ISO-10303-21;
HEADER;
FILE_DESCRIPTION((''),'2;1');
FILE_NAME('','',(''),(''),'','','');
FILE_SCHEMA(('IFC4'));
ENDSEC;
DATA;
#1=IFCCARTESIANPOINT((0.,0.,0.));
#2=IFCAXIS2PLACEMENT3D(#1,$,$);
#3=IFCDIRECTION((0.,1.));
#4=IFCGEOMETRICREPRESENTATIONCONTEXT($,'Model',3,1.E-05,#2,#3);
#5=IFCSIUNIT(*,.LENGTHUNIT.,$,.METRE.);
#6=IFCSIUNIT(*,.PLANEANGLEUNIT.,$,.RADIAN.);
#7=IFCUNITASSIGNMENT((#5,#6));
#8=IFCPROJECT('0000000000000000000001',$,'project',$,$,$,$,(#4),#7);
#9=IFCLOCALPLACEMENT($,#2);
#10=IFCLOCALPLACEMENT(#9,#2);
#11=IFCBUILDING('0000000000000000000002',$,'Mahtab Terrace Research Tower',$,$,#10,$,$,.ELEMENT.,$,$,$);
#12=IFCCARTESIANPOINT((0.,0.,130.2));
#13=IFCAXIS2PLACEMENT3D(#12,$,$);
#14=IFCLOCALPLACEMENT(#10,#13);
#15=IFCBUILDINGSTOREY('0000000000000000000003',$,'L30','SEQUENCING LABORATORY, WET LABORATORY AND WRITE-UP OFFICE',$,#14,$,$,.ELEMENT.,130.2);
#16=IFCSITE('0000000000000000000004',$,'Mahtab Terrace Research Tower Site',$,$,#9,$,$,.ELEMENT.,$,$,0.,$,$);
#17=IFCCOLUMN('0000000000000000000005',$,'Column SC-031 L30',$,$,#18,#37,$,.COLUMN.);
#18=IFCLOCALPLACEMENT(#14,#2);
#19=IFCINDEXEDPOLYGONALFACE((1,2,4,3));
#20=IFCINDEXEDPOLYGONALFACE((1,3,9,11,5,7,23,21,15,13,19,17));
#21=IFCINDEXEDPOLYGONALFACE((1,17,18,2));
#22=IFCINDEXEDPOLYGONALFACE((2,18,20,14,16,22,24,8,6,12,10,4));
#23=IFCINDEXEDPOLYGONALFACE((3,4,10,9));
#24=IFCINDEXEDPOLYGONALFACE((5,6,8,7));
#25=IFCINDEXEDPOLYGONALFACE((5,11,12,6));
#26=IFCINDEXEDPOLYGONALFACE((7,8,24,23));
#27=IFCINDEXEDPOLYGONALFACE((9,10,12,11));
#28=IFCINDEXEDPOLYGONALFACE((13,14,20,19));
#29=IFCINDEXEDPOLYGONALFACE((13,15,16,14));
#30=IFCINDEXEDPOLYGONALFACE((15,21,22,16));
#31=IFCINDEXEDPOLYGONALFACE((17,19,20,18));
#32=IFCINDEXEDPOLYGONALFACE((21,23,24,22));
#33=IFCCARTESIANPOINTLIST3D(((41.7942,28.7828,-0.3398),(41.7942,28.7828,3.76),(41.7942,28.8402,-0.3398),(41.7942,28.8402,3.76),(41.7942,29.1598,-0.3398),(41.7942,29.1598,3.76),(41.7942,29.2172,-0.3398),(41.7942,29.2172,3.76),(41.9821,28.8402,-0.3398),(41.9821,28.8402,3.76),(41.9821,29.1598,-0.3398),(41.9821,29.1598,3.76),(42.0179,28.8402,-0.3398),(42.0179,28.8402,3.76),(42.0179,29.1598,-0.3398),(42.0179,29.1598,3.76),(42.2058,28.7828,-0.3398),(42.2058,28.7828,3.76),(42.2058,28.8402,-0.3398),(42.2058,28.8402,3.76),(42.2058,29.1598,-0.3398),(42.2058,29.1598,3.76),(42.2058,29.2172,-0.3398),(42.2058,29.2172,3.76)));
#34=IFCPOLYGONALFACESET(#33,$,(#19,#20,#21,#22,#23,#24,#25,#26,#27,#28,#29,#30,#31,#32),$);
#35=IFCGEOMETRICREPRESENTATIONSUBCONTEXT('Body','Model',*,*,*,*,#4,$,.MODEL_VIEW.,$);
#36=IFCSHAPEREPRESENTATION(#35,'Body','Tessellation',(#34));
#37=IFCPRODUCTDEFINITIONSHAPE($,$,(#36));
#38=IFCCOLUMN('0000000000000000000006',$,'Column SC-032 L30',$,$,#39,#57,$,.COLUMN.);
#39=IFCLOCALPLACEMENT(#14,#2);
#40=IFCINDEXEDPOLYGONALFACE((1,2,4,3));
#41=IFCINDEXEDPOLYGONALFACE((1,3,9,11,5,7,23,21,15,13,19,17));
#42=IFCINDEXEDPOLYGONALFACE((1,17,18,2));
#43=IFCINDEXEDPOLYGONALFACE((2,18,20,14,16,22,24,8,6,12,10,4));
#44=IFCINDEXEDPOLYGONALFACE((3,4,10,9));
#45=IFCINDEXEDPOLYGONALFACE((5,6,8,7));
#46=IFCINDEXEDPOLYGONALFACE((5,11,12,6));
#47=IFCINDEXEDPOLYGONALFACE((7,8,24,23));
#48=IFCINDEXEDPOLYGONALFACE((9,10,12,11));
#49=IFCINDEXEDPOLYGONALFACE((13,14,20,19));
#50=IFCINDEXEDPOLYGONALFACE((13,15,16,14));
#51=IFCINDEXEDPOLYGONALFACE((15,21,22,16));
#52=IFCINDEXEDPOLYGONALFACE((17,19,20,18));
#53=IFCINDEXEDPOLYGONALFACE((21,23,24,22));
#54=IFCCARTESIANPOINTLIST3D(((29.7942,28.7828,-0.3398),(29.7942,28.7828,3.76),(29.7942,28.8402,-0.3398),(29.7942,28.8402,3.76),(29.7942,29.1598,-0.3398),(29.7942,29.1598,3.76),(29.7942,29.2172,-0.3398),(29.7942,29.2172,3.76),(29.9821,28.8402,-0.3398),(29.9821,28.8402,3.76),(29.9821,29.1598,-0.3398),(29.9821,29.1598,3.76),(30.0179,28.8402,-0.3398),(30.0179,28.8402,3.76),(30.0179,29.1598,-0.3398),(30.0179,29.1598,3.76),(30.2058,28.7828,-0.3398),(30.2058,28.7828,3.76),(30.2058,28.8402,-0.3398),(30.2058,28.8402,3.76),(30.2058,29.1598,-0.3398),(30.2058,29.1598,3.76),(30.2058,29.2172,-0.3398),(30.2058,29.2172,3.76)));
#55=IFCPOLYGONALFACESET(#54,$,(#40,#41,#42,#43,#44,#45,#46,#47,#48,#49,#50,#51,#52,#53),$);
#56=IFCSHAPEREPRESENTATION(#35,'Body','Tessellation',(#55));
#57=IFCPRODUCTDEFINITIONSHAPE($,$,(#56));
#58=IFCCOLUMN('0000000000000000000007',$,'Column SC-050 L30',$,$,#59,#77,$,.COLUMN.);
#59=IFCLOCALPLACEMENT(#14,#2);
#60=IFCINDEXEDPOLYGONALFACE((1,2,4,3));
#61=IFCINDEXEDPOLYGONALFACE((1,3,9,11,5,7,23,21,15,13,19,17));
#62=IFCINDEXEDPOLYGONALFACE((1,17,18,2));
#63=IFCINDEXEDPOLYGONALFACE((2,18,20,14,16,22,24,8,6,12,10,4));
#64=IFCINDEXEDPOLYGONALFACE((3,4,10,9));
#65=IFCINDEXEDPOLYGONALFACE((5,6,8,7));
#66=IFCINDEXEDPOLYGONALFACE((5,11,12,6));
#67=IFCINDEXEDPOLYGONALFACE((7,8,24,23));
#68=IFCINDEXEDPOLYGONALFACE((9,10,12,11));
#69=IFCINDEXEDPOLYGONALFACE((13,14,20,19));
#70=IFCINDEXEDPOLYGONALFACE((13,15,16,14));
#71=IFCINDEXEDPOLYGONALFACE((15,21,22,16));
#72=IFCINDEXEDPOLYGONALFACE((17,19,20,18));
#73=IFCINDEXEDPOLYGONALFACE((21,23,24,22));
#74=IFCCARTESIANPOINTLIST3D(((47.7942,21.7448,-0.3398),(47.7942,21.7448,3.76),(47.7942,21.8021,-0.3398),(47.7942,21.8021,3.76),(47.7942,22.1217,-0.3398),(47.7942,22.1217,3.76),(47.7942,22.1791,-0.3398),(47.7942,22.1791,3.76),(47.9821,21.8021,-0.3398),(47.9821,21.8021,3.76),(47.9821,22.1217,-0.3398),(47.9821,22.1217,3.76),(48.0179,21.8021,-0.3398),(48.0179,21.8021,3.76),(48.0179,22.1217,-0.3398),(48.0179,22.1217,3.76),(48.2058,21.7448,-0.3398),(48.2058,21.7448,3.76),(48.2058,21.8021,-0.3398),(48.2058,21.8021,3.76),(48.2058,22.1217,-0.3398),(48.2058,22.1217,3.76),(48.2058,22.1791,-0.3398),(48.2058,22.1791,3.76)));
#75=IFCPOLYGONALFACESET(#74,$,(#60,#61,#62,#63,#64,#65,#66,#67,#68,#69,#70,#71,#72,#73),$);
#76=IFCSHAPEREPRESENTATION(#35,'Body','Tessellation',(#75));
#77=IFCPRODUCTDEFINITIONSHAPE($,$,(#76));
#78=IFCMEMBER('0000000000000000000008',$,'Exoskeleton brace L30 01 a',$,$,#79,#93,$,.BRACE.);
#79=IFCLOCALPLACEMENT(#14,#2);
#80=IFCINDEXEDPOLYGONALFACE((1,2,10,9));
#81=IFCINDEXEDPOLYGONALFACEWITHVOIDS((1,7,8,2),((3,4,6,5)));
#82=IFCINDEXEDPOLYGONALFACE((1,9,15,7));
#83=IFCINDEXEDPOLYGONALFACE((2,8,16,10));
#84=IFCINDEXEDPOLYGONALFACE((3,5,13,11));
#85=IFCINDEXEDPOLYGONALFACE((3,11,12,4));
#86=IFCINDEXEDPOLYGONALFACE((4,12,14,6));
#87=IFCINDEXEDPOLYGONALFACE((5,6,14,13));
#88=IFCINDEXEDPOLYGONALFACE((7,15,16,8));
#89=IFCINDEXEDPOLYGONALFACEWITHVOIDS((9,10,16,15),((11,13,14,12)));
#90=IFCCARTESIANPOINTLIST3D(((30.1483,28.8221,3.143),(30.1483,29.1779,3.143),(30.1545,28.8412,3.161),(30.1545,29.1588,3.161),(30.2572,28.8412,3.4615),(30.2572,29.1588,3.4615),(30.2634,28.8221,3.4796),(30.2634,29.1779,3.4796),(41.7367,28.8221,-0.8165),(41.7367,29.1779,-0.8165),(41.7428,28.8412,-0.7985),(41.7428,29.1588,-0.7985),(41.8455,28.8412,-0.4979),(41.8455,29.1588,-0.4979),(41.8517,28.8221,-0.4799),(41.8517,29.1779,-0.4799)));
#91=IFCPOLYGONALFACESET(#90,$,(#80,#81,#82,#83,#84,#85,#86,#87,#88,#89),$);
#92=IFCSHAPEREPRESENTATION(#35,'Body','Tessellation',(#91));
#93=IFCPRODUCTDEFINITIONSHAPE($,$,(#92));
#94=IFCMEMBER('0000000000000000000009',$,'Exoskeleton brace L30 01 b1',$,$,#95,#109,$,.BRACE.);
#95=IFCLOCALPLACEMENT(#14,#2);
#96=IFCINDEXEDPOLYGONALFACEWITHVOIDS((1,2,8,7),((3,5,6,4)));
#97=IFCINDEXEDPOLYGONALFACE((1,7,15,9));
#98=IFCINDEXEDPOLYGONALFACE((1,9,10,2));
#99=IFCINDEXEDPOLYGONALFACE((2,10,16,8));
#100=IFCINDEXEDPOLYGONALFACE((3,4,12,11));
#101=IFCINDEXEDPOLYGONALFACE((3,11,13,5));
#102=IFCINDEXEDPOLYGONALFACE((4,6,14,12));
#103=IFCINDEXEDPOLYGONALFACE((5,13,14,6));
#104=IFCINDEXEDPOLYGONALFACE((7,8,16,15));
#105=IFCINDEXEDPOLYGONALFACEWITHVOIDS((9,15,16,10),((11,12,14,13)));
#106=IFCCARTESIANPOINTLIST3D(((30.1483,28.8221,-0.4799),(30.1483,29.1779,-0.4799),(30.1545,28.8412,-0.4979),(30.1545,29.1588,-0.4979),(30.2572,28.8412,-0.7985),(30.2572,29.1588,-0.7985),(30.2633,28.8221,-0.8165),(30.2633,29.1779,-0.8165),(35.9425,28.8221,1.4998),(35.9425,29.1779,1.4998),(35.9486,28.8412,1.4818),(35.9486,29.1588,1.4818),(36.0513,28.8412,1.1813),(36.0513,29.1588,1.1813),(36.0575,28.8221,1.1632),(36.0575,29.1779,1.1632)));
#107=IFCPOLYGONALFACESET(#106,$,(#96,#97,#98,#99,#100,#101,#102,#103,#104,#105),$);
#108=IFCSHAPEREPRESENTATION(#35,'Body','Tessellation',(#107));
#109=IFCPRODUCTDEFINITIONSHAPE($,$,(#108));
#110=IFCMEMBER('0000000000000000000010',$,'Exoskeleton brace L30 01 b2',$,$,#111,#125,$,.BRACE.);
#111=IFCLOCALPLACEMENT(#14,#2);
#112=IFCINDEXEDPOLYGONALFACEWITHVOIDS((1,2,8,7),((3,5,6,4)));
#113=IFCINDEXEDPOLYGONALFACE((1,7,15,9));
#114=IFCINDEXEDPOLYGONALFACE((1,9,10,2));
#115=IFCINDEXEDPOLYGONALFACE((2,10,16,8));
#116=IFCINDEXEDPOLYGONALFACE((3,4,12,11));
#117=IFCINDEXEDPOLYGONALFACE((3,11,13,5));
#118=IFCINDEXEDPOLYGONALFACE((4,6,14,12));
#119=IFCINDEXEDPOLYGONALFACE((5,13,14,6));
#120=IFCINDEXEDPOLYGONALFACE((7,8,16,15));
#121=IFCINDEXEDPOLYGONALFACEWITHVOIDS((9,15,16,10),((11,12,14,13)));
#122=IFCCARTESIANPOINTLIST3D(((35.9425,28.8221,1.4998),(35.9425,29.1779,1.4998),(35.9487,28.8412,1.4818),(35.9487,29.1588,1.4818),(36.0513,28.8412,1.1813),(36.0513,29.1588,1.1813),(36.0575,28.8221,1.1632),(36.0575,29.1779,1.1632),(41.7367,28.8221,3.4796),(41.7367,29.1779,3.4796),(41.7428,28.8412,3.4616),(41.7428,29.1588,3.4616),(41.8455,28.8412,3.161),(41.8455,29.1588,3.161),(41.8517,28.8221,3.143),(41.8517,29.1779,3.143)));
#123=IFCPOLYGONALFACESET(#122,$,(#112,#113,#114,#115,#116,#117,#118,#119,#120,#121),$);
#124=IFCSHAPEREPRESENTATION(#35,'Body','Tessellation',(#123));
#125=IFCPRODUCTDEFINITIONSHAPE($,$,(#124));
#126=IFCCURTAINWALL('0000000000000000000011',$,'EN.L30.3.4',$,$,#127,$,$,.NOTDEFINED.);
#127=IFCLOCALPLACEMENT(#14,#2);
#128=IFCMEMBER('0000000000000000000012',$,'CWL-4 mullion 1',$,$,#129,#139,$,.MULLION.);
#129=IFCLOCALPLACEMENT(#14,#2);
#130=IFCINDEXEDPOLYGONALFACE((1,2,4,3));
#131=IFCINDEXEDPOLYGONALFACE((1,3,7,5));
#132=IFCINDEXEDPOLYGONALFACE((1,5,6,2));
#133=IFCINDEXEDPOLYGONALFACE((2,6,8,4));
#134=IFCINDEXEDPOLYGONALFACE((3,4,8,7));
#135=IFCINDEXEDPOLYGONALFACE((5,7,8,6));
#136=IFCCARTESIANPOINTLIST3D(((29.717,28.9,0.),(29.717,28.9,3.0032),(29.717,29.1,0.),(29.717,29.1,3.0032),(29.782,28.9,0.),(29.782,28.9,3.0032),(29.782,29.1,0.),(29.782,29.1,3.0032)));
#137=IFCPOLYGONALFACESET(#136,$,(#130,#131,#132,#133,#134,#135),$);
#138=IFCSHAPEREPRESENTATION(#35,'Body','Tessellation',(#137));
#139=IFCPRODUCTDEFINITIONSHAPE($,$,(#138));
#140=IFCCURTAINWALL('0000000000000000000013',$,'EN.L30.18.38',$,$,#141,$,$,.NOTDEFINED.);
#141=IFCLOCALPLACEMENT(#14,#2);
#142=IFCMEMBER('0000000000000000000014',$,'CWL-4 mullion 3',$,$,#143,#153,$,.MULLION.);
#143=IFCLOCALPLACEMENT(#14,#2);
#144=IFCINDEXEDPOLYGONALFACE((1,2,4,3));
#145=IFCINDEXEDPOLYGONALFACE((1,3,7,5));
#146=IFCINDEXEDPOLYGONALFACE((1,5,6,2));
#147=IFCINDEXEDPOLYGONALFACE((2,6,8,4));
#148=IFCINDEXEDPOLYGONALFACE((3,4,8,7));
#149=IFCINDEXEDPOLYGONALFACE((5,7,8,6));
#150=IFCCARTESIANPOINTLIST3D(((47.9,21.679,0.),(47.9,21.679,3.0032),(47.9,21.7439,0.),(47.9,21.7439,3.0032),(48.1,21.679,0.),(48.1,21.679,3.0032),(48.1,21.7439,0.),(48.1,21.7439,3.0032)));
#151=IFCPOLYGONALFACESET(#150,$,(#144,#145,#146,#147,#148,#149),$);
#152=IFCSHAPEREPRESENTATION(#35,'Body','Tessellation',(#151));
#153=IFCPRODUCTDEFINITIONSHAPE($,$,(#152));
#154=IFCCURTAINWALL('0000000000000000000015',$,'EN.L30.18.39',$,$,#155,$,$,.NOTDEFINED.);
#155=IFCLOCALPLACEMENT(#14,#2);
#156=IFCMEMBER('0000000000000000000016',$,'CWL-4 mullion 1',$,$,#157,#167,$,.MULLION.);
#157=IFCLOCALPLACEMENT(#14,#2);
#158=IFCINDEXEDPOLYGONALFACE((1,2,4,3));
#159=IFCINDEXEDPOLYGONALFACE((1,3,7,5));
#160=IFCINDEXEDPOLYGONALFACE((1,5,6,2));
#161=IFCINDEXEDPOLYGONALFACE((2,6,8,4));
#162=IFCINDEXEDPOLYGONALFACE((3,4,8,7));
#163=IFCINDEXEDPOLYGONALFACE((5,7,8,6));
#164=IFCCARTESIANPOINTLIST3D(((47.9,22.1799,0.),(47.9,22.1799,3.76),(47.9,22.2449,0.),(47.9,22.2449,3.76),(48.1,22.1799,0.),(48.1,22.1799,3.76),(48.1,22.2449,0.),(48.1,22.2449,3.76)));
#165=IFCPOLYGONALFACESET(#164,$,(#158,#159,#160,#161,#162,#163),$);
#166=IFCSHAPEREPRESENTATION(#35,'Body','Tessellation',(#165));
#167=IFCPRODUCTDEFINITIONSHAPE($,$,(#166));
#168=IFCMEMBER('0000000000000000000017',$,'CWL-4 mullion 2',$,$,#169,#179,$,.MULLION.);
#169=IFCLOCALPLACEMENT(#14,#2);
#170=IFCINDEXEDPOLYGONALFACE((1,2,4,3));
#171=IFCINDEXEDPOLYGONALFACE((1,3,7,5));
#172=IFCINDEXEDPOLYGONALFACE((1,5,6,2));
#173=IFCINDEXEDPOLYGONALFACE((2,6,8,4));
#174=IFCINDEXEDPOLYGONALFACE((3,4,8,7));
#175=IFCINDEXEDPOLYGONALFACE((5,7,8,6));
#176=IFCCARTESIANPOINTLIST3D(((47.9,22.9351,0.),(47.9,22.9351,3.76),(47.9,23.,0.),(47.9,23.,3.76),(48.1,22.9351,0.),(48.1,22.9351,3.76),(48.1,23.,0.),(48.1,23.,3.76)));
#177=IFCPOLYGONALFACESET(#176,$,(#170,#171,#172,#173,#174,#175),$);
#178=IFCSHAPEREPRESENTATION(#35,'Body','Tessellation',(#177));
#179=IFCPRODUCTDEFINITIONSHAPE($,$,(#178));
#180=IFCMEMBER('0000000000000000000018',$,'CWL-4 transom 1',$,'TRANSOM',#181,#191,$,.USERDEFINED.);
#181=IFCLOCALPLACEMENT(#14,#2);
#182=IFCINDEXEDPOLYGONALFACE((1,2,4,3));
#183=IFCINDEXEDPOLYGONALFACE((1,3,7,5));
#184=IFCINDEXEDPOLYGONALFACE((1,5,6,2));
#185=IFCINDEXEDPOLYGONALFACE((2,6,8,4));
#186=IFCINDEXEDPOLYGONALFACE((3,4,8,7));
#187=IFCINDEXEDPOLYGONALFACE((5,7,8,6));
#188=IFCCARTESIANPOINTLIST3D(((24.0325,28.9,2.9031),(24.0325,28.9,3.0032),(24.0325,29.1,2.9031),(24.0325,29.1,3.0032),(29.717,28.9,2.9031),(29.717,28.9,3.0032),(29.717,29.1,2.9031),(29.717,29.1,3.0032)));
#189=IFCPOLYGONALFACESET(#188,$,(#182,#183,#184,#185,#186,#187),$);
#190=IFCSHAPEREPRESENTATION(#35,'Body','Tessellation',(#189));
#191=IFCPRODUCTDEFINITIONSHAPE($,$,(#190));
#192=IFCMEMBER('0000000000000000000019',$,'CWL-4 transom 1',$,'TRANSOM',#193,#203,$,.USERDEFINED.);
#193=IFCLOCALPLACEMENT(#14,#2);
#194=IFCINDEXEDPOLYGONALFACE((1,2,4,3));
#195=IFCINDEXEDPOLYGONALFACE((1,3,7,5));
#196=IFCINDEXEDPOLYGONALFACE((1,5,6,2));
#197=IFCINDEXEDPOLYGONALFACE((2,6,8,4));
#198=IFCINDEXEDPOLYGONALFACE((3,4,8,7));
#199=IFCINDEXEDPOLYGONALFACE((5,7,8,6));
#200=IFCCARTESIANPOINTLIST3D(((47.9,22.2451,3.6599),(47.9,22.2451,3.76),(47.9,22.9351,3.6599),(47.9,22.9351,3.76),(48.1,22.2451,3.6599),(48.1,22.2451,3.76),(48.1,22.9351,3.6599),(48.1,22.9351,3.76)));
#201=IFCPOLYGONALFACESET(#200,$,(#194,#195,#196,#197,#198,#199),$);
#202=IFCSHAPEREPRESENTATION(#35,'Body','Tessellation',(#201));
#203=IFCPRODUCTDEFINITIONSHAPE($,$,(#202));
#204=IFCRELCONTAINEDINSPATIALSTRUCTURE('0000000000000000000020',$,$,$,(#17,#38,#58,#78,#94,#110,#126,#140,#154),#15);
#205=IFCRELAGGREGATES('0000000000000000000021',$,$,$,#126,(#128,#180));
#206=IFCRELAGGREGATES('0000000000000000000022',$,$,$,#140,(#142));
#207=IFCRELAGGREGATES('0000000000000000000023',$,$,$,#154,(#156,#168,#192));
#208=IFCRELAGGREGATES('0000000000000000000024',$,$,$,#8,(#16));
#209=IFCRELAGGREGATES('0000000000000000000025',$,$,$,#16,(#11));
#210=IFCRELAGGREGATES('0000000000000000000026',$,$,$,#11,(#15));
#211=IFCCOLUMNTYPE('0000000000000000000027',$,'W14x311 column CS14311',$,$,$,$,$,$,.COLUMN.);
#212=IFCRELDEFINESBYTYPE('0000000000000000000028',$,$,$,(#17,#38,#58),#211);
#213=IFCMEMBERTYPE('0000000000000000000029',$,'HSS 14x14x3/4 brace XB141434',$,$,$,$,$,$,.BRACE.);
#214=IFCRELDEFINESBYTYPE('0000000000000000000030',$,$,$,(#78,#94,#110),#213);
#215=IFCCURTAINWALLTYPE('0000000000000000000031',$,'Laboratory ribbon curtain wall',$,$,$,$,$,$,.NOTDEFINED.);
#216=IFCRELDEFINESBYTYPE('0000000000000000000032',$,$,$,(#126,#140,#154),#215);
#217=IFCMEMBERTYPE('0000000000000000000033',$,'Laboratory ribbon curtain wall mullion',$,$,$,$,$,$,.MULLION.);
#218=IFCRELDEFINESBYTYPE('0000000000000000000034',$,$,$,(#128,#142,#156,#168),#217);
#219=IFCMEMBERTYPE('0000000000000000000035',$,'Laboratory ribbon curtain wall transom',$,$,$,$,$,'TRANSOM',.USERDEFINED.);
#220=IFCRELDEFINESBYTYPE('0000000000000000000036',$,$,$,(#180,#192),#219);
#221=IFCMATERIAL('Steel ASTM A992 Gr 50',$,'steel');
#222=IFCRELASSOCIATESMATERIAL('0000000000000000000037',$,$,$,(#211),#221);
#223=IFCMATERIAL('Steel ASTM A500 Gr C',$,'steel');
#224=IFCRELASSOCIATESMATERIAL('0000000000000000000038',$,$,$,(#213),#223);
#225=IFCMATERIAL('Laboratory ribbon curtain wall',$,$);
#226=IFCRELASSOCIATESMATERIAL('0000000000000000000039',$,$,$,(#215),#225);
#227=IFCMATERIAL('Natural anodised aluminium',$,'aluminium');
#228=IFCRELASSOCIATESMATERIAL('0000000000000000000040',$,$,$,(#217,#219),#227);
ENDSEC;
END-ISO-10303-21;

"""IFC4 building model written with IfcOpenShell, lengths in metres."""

from ifc_helpers import new_model, si_unit, direction, frame, origin, origin_2d, place, context, subcontext, project, spatial, rectangle, hollow_rectangle, i_section, extrude, material, material_profile, profile_set, type_object, element, aggregate, save


model = new_model("IFC4")

# Units and contexts
model_context = context("Model", 3, precision=1e-05, world=origin(), true_north=direction((0.0, 1.0)))
body_context = subcontext(model_context, "Body", "Model", "MODEL_VIEW")
ifc_project = project(units=[si_unit("LENGTHUNIT", "METRE"), si_unit("PLANEANGLEUNIT", "RADIAN")], contexts=[model_context])

# Site, building, storey
site_placement = place(None, origin())
site = spatial("IfcSite", under=ifc_project, at=site_placement, Name="Mahtab Terrace Research Tower Site", CompositionType="ELEMENT", RefElevation=0.0)
building_placement = place(site_placement, origin())
building = spatial("IfcBuilding", under=site, at=building_placement, Name="Mahtab Terrace Research Tower", CompositionType="ELEMENT")
storey_placement = place(building_placement, frame((0.0, 0.0, 130.2)))
storey = spatial("IfcBuildingStorey", under=building, at=storey_placement, Name="L30", Description="SEQUENCING LABORATORY, WET LABORATORY AND WRITE-UP OFFICE", CompositionType="ELEMENT", Elevation=130.2)

# Columns
ifc_material_1 = material(Name="Steel ASTM A992 Gr 50", Category="steel")
ifc_material_profile_1 = material_profile(ifc_material_1, i_section(OverallWidth=0.4116, OverallDepth=0.4343, WebThickness=0.0359, FlangeThickness=0.0574, at=origin_2d()), Name="W14X311")
ifc_profile_set_1 = profile_set([ifc_material_profile_1], Name="Steel ASTM A992 Gr 50")
column_type = type_object("IfcColumnType", Name="W14x311 column CS14311", PredefinedType="COLUMN", material=ifc_profile_set_1)
for number, where, z_axis, x_axis, name in (
    (1, (42.0, 29.0, -0.3398), (0.0, 0.0, 1.0), (1.0, 0.0, 0.0), "Column SC-031 L30"),
    (2, (30.0, 29.0, -0.3398), (0.0, 0.0, 1.0), (1.0, 0.0, 0.0), "Column SC-032 L30"),
    (3, (48.0, 21.9619, -0.3398), (0.0, 0.0, 1.0), (1.0, 0.0, 0.0), "Column SC-050 L30"),
):
    element("IfcColumn", number, at=place(storey_placement, frame(where, z_axis=z_axis, x_axis=x_axis)), inside=storey, type_object=column_type, Name=name, PredefinedType="COLUMN", context=body_context, shape_type="SweptSolid", body=[
        extrude(i_section(OverallWidth=0.4116, OverallDepth=0.4343, WebThickness=0.0359, FlangeThickness=0.0574, at=origin_2d()), origin(), (0.0, 0.0, 1.0), 4.0999),
    ])

# Members
ifc_material_2 = material(Name="Steel ASTM A500 Gr C", Category="steel")
ifc_material_profile_2 = material_profile(ifc_material_2, hollow_rectangle(XDim=0.3557, YDim=0.3557, WallThickness=0.019, at=origin_2d()), Name="HSS14X14X3/4")
ifc_profile_set_2 = profile_set([ifc_material_profile_2], Name="Steel ASTM A500 Gr C")
member_type_1 = type_object("IfcMemberType", Name="HSS 14x14x3/4 brace XB141434", PredefinedType="BRACE", material=ifc_profile_set_2)
member_1_placement = place(storey_placement, frame((41.7942, 29.0, -0.6482), z_axis=(-0.946288, 0.0, 0.323324), x_axis=(0.0, -1.0, 0.0)))
element("IfcMember", 4, at=member_1_placement, inside=storey, type_object=member_type_1, Name="Exoskeleton brace L30 01 a", PredefinedType="BRACE", context=body_context, shape_type="SweptSolid", body=[
    extrude(hollow_rectangle(XDim=0.3557, YDim=0.3557, WallThickness=0.019, at=origin_2d()), origin(), (0.0, 0.0, 1.0), 12.2461),
])
for number, where, z_axis, x_axis, name in (
    (5, (30.2058, 29.0, -0.6482), (0.946288, 0.0, 0.323324), (0.0, 1.0, 0.0), "Exoskeleton brace L30 01 b1"),
    (6, (36.0, 29.0, 1.3315), (0.946288, 0.0, 0.323324), (0.0, 1.0, 0.0), "Exoskeleton brace L30 01 b2"),
):
    element("IfcMember", number, at=place(storey_placement, frame(where, z_axis=z_axis, x_axis=x_axis)), inside=storey, type_object=member_type_1, Name=name, PredefinedType="BRACE", context=body_context, shape_type="SweptSolid", body=[
        extrude(hollow_rectangle(XDim=0.3557, YDim=0.3557, WallThickness=0.019, at=origin_2d()), origin(), (0.0, 0.0, 1.0), 6.123),
    ])

# Curtain walls, members
ifc_material_3 = material(Name="Laboratory ribbon curtain wall")
curtain_wall_type = type_object("IfcCurtainWallType", Name="Laboratory ribbon curtain wall", PredefinedType="NOTDEFINED", material=ifc_material_3)
curtain_wall_1_placement = place(storey_placement, origin())
curtain_wall_1 = element("IfcCurtainWall", 7, at=curtain_wall_1_placement, inside=storey, type_object=curtain_wall_type, Name="EN.L30.3.4", PredefinedType="NOTDEFINED")
ifc_material_4 = material(Name="Natural anodised aluminium", Category="aluminium")
ifc_material_profile_3 = material_profile(ifc_material_4, rectangle(XDim=0.2, YDim=0.0649, at=origin_2d()), Name="MULLION 65x200")
ifc_profile_set_3 = profile_set([ifc_material_profile_3], Name="Natural anodised aluminium")
member_type_2 = type_object("IfcMemberType", Name="Laboratory ribbon curtain wall mullion", PredefinedType="MULLION", material=ifc_profile_set_3)
member_2_placement = place(storey_placement, frame((29.7495, 29.0, 0.0), z_axis=(0.0, 0.0, 1.0), x_axis=(0.0, -1.0, 0.0)))
member_2 = element("IfcMember", 8, at=member_2_placement, type_object=member_type_2, Name="CWL-4 mullion 1", PredefinedType="MULLION", context=body_context, shape_type="SweptSolid", body=[
    extrude(rectangle(XDim=0.2, YDim=0.0649, at=origin_2d()), origin(), (0.0, 0.0, 1.0), 3.0032),
])
curtain_wall_2_placement = place(storey_placement, origin())
curtain_wall_2 = element("IfcCurtainWall", 9, at=curtain_wall_2_placement, inside=storey, type_object=curtain_wall_type, Name="EN.L30.18.38", PredefinedType="NOTDEFINED")
member_3_placement = place(storey_placement, frame((48.0, 21.7114, 0.0), z_axis=(0.0, 0.0, 1.0), x_axis=(-1.0, 0.0, 0.0)))
member_3 = element("IfcMember", 10, at=member_3_placement, type_object=member_type_2, Name="CWL-4 mullion 3", PredefinedType="MULLION", context=body_context, shape_type="SweptSolid", body=[
    extrude(rectangle(XDim=0.2, YDim=0.0649, at=origin_2d()), origin(), (0.0, 0.0, 1.0), 3.0032),
])

# Curtain wall, members
curtain_wall_3_placement = place(storey_placement, origin())
curtain_wall_3 = element("IfcCurtainWall", 11, at=curtain_wall_3_placement, inside=storey, type_object=curtain_wall_type, Name="EN.L30.18.39", PredefinedType="NOTDEFINED")
member_4_placement = place(storey_placement, frame((48.0, 22.2124, 0.0), z_axis=(0.0, 0.0, 1.0), x_axis=(-1.0, 0.0, 0.0)))
member_4 = element("IfcMember", 12, at=member_4_placement, type_object=member_type_2, Name="CWL-4 mullion 1", PredefinedType="MULLION", context=body_context, shape_type="SweptSolid", body=[
    extrude(rectangle(XDim=0.2, YDim=0.0649, at=origin_2d()), origin(), (0.0, 0.0, 1.0), 3.76),
])
member_5_placement = place(storey_placement, frame((48.0, 22.9675, 0.0), z_axis=(0.0, 0.0, 1.0), x_axis=(-1.0, 0.0, 0.0)))
member_5 = element("IfcMember", 13, at=member_5_placement, type_object=member_type_2, Name="CWL-4 mullion 2", PredefinedType="MULLION", context=body_context, shape_type="SweptSolid", body=[
    extrude(rectangle(XDim=0.2, YDim=0.0649, at=origin_2d()), origin(), (0.0, 0.0, 1.0), 3.76),
])

# Members
ifc_material_profile_4 = material_profile(ifc_material_4, rectangle(XDim=0.2, YDim=0.1001, at=origin_2d()), Name="TRANSOM 100x200")
ifc_profile_set_4 = profile_set([ifc_material_profile_4], Name="Natural anodised aluminium")
member_type_3 = type_object("IfcMemberType", Name="Laboratory ribbon curtain wall transom", ElementType="TRANSOM", PredefinedType="USERDEFINED", material=ifc_profile_set_4)
member_6_placement = place(storey_placement, frame((29.717, 29.0, 2.9531), z_axis=(-1.0, 0.0, 0.0), x_axis=(0.0, -1.0, 0.0)))
member_6 = element("IfcMember", 14, at=member_6_placement, type_object=member_type_3, Name="CWL-4 transom 1", ObjectType="TRANSOM", PredefinedType="USERDEFINED", context=body_context, shape_type="SweptSolid", body=[
    extrude(rectangle(XDim=0.2, YDim=0.1001, at=origin_2d()), origin(), (0.0, 0.0, 1.0), 5.6846),
])
member_7_placement = place(storey_placement, frame((48.0, 22.2451, 3.71), z_axis=(0.0, 1.0, 0.0), x_axis=(-1.0, 0.0, 0.0)))
member_7 = element("IfcMember", 15, at=member_7_placement, type_object=member_type_3, Name="CWL-4 transom 1", ObjectType="TRANSOM", PredefinedType="USERDEFINED", context=body_context, shape_type="SweptSolid", body=[
    extrude(rectangle(XDim=0.2, YDim=0.1001, at=origin_2d()), origin(), (0.0, 0.0, 1.0), 0.6899),
])

aggregate(curtain_wall_1, [member_2, member_6])
aggregate(curtain_wall_2, [member_3])
aggregate(curtain_wall_3, [member_4, member_5, member_7])

save(model, "model.ifc")
